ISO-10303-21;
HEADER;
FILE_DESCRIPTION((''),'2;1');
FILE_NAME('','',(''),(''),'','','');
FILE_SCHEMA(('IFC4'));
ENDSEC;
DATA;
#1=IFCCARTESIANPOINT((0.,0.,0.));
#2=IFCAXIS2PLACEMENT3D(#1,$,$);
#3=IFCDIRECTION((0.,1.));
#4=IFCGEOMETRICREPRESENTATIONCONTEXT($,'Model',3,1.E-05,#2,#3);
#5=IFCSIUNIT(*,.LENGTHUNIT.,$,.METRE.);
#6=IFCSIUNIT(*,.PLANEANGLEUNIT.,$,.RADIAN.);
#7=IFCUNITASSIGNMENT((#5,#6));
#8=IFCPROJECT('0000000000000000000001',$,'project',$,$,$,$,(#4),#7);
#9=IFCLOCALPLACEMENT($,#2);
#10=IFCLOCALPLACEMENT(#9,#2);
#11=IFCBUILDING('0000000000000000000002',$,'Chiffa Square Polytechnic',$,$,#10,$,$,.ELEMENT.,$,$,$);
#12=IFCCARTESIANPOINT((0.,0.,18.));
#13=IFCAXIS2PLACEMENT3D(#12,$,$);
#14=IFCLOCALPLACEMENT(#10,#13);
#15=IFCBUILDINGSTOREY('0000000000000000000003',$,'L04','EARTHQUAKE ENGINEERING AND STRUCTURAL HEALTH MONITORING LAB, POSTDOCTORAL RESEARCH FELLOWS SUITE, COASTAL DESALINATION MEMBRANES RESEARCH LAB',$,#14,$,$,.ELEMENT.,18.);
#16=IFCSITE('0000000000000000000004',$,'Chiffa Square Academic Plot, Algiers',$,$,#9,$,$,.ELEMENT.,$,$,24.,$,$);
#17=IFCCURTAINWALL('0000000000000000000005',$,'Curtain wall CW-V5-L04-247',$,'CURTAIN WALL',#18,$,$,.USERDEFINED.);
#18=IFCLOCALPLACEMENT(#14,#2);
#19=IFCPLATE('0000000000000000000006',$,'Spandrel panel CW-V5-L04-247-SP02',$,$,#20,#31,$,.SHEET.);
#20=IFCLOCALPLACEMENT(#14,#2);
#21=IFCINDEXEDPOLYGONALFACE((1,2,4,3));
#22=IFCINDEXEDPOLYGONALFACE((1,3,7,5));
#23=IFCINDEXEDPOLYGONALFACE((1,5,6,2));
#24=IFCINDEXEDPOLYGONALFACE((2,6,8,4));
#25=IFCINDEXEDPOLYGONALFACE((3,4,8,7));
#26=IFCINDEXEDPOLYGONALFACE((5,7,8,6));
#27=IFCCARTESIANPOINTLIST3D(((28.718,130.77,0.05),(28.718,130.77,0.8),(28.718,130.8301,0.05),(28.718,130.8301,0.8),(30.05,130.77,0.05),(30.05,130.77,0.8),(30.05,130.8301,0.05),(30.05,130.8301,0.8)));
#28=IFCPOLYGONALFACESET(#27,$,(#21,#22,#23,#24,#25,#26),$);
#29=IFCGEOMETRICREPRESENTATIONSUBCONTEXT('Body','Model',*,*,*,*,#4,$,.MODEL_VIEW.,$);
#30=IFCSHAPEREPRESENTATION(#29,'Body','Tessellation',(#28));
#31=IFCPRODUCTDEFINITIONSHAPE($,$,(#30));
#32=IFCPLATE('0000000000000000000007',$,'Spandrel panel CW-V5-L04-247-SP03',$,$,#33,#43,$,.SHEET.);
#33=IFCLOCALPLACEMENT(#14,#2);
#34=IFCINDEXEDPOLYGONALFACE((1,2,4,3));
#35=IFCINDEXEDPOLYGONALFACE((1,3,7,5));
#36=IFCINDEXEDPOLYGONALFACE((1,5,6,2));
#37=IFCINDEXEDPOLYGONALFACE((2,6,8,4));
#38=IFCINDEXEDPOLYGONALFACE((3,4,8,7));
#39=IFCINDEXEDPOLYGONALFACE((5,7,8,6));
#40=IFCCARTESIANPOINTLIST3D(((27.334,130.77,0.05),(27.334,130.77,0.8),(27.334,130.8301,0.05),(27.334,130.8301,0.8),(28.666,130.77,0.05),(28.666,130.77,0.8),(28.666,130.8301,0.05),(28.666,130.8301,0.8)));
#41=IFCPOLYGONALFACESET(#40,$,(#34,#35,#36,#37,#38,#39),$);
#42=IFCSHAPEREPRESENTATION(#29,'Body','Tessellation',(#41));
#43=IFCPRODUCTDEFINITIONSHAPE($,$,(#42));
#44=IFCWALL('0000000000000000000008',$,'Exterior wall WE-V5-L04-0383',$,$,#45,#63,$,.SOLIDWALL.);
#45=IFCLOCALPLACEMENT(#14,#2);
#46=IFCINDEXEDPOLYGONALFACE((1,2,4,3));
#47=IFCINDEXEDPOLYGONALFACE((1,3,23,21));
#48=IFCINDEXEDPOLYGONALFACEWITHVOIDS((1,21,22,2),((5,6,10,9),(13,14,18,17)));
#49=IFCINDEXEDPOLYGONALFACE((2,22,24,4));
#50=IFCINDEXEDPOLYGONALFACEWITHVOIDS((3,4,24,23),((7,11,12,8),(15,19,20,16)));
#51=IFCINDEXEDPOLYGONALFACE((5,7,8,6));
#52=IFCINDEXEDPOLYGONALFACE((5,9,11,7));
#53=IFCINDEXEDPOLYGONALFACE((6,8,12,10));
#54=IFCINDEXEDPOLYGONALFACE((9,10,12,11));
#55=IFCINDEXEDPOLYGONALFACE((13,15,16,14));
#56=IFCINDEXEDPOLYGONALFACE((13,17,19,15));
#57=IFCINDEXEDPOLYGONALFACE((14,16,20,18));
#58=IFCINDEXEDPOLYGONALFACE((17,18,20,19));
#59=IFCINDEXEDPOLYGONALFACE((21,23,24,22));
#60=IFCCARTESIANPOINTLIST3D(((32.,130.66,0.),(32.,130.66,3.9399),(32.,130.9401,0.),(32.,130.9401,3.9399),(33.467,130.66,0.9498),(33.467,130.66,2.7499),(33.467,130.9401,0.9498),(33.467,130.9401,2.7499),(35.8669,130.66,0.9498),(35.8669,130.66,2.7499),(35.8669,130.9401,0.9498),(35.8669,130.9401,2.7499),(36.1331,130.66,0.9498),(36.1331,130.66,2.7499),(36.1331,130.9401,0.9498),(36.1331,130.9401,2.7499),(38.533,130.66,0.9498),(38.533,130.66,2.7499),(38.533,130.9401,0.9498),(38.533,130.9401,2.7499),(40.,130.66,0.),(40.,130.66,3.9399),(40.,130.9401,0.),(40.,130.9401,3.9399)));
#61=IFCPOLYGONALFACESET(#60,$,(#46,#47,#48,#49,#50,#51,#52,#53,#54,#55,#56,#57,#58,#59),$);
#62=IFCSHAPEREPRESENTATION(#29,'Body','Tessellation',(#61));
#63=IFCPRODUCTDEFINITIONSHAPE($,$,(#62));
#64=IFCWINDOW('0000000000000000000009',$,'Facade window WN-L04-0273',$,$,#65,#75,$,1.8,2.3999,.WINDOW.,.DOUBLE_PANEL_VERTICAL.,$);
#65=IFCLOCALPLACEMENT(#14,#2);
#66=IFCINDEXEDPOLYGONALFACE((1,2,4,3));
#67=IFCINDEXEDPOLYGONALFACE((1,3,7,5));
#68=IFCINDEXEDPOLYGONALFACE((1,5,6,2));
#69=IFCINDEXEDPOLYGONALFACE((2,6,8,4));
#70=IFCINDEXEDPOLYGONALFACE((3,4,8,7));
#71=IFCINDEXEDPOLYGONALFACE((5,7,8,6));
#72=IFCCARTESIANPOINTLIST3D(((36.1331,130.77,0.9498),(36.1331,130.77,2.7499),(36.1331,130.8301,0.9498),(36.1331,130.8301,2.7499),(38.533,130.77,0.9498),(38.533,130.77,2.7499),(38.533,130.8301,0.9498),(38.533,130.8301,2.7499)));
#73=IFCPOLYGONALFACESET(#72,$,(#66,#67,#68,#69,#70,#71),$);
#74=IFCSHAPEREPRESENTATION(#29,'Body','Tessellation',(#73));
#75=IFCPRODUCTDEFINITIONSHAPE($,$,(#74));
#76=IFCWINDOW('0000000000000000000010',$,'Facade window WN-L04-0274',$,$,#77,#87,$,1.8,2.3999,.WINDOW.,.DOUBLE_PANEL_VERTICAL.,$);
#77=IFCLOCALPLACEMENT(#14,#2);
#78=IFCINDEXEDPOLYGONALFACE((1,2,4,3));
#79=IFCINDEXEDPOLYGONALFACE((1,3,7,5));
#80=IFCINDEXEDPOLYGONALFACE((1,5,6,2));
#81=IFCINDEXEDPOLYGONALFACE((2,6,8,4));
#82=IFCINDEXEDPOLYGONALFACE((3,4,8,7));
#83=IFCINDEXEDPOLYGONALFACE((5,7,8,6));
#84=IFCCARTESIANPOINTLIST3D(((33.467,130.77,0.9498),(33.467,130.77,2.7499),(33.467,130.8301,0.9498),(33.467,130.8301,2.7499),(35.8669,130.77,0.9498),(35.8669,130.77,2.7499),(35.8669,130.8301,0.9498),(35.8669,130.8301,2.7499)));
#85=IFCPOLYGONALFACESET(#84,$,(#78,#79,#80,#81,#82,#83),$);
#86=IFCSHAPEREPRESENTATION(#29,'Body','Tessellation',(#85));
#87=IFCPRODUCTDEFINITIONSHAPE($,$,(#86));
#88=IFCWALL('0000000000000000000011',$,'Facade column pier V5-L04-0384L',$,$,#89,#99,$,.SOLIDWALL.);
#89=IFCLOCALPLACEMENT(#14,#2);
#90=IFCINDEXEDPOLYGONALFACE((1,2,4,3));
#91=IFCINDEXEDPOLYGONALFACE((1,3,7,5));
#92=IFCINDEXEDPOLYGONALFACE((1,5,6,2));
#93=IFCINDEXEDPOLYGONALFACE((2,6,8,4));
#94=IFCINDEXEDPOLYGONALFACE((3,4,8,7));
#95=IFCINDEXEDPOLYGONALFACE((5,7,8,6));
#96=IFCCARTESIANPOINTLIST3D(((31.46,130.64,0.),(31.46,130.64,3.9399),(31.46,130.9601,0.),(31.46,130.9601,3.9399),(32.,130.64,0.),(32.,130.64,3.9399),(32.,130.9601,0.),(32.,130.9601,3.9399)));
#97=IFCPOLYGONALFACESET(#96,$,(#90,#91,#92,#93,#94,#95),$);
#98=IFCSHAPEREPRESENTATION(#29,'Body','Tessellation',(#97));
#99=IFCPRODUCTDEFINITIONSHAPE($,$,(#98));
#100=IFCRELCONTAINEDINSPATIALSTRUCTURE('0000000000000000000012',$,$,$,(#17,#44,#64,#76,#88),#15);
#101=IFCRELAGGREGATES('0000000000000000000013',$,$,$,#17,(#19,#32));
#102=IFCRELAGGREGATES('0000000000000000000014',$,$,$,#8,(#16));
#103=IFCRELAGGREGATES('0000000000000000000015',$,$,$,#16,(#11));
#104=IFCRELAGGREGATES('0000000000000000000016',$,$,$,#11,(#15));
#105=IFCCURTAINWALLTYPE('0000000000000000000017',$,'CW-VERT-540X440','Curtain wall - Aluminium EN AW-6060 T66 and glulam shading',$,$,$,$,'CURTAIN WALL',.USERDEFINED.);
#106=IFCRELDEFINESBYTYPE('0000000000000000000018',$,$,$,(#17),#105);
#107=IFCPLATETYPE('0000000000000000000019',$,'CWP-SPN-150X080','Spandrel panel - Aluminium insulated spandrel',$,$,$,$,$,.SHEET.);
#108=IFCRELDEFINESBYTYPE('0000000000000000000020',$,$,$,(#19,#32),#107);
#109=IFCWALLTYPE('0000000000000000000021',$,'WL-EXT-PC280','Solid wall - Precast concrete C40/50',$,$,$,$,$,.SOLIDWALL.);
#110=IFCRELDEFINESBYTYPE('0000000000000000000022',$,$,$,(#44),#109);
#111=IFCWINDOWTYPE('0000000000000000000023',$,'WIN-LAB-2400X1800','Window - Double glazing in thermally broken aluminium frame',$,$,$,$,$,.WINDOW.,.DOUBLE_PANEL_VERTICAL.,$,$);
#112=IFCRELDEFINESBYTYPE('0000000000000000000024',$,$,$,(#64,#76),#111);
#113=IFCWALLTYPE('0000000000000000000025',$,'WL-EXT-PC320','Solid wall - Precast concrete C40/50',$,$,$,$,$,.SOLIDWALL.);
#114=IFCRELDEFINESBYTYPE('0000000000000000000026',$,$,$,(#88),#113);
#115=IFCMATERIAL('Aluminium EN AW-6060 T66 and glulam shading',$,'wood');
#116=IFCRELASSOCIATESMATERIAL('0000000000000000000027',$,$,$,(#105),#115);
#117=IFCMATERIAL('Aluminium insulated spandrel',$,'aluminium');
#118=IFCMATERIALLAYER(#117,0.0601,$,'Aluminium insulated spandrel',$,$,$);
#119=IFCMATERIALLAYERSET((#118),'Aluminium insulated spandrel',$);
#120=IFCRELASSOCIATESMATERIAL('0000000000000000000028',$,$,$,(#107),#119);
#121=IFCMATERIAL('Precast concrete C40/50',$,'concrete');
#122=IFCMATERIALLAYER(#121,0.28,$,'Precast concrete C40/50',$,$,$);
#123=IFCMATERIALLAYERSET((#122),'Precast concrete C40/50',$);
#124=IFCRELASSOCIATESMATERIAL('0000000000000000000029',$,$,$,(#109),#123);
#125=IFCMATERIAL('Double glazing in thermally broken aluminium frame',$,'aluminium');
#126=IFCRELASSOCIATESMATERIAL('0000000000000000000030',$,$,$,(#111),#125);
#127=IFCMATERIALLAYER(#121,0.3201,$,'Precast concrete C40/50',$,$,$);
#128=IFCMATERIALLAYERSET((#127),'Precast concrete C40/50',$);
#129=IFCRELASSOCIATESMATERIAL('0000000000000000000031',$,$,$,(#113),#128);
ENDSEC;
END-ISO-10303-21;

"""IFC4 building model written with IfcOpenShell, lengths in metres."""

from ifc_helpers import new_model, si_unit, direction, frame, frame_2d, origin, origin_2d, place, context, subcontext, project, spatial, rectangle, extrude, material, layer, layer_set, type_object, element, fill, aggregate, save


model = new_model("IFC4")

# Units and contexts
model_context = context("Model", 3, precision=1e-05, world=origin(), true_north=direction((0.0, 1.0)))
body_context = subcontext(model_context, "Body", "Model", "MODEL_VIEW")
ifc_project = project(units=[si_unit("LENGTHUNIT", "METRE"), si_unit("PLANEANGLEUNIT", "RADIAN")], contexts=[model_context])

# Site, building, storey
site_placement = place(None, origin())
site = spatial("IfcSite", under=ifc_project, at=site_placement, Name="Chiffa Square Academic Plot, Algiers", CompositionType="ELEMENT", RefElevation=24.0)
building_placement = place(site_placement, origin())
building = spatial("IfcBuilding", under=site, at=building_placement, Name="Chiffa Square Polytechnic", CompositionType="ELEMENT")
storey_placement = place(building_placement, frame((0.0, 0.0, 18.0)))
storey = spatial("IfcBuildingStorey", under=building, at=storey_placement, Name="L04", Description="EARTHQUAKE ENGINEERING AND STRUCTURAL HEALTH MONITORING LAB, POSTDOCTORAL RESEARCH FELLOWS SUITE, COASTAL DESALINATION MEMBRANES RESEARCH LAB", CompositionType="ELEMENT", Elevation=18.0)

# Curtain wall
ifc_material_1 = material(Name="Aluminium EN AW-6060 T66 and glulam shading", Category="wood")
curtain_wall_type = type_object("IfcCurtainWallType", Name="CW-VERT-540X440", Description="Curtain wall - Aluminium EN AW-6060 T66 and glulam shading", ElementType="CURTAIN WALL", PredefinedType="USERDEFINED", material=ifc_material_1)
curtain_wall_placement = place(storey_placement, origin())
curtain_wall = element("IfcCurtainWall", 1, at=curtain_wall_placement, inside=storey, type_object=curtain_wall_type, Name="Curtain wall CW-V5-L04-247", ObjectType="CURTAIN WALL", PredefinedType="USERDEFINED")

# Plates
ifc_material_2 = material(Name="Aluminium insulated spandrel", Category="aluminium")
ifc_layer_1 = layer(ifc_material_2, 0.0601, Name="Aluminium insulated spandrel")
ifc_layer_set_1 = layer_set([ifc_layer_1], Name="Aluminium insulated spandrel")
plate_type_1 = type_object("IfcPlateType", Name="CWP-SPN-150X080", Description="Spandrel panel - Aluminium insulated spandrel", PredefinedType="SHEET", material=ifc_layer_set_1)
plate_1_placement = place(storey_placement, frame((29.384, 130.8, 0.05), z_axis=(0.0, 0.0, 1.0), x_axis=(-1.0, 0.0, 0.0)))
plate_1 = element("IfcPlate", 2, at=plate_1_placement, type_object=plate_type_1, Name="Spandrel panel CW-V5-L04-247-SP02", PredefinedType="SHEET", context=body_context, shape_type="SweptSolid", body=[
    extrude(rectangle(XDim=1.332, YDim=0.0601, at=origin_2d()), origin(), (0.0, 0.0, 1.0), 0.75),
])
plate_2_placement = place(storey_placement, frame((28.0, 130.8, 0.05), z_axis=(0.0, 0.0, 1.0), x_axis=(-1.0, 0.0, 0.0)))
plate_2 = element("IfcPlate", 3, at=plate_2_placement, type_object=plate_type_1, Name="Spandrel panel CW-V5-L04-247-SP03", PredefinedType="SHEET", context=body_context, shape_type="SweptSolid", body=[
    extrude(rectangle(XDim=1.332, YDim=0.0601, at=origin_2d()), origin(), (0.0, 0.0, 1.0), 0.75),
])
aggregate(curtain_wall, [plate_1, plate_2])

# Wall, openings, windows
ifc_material_3 = material(Name="Precast concrete C40/50", Category="concrete")
ifc_layer_2 = layer(ifc_material_3, 0.28, Name="Precast concrete C40/50")
ifc_layer_set_2 = layer_set([ifc_layer_2], Name="Precast concrete C40/50")
wall_type_1 = type_object("IfcWallType", Name="WL-EXT-PC280", Description="Solid wall - Precast concrete C40/50", PredefinedType="SOLIDWALL", material=ifc_layer_set_2)
wall_1_placement = place(storey_placement, frame((40.0, 130.8, 0.0), z_axis=(0.0, 0.0, 1.0), x_axis=(-1.0, 0.0, 0.0)))
wall_1 = element("IfcWall", 4, at=wall_1_placement, inside=storey, type_object=wall_type_1, Name="Exterior wall WE-V5-L04-0383", PredefinedType="SOLIDWALL", context=body_context, shape_type="SweptSolid", body=[
    extrude(rectangle(XDim=8.0, YDim=0.28, at=frame_2d((4.0, 0.0))), origin(), (0.0, 0.0, 1.0), 3.9399),
])
opening_1_placement = place(wall_1_placement, frame((1.467, 0.0, 0.95)))
opening_1 = element("IfcOpeningElement", 5, at=opening_1_placement, cuts=wall_1, PredefinedType="OPENING", context=body_context, shape_type="SweptSolid", body=[
    extrude(rectangle(XDim=2.3999, YDim=1.8, at=frame_2d((1.2, 0.8999))), frame((0.0, 0.1499, 0.0), z_axis=(0.0, -1.0, 0.0), x_axis=(1.0, 0.0, 0.0)), (0.0, 0.0, 1.0), 0.3),
])
opening_2_placement = place(wall_1_placement, frame((4.1331, 0.0, 0.95)))
opening_2 = element("IfcOpeningElement", 6, at=opening_2_placement, cuts=wall_1, PredefinedType="OPENING", context=body_context, shape_type="SweptSolid", body=[
    extrude(rectangle(XDim=2.3999, YDim=1.8, at=frame_2d((1.2, 0.8999))), frame((0.0, 0.1499, 0.0), z_axis=(0.0, -1.0, 0.0), x_axis=(1.0, 0.0, 0.0)), (0.0, 0.0, 1.0), 0.3),
])
ifc_material_4 = material(Name="Double glazing in thermally broken aluminium frame", Category="aluminium")
window_type = type_object("IfcWindowType", Name="WIN-LAB-2400X1800", Description="Window - Double glazing in thermally broken aluminium frame", PartitioningType="DOUBLE_PANEL_VERTICAL", PredefinedType="WINDOW", material=ifc_material_4)
window_1_placement = place(opening_1_placement, origin())
window_1 = element("IfcWindow", 7, at=window_1_placement, inside=storey, type_object=window_type, Name="Facade window WN-L04-0273", OverallHeight=1.8, OverallWidth=2.3999, PartitioningType="DOUBLE_PANEL_VERTICAL", PredefinedType="WINDOW", context=body_context, shape_type="SweptSolid", body=[
    extrude(rectangle(XDim=2.3999, YDim=1.8, at=frame_2d((1.2, 0.8999))), frame((0.0, 0.03, 0.0), z_axis=(0.0, -1.0, 0.0), x_axis=(1.0, 0.0, 0.0)), (0.0, 0.0, 1.0), 0.0601),
])
fill(opening_1, window_1)
window_2_placement = place(opening_2_placement, origin())
window_2 = element("IfcWindow", 8, at=window_2_placement, inside=storey, type_object=window_type, Name="Facade window WN-L04-0274", OverallHeight=1.8, OverallWidth=2.3999, PartitioningType="DOUBLE_PANEL_VERTICAL", PredefinedType="WINDOW", context=body_context, shape_type="SweptSolid", body=[
    extrude(rectangle(XDim=2.3999, YDim=1.8, at=frame_2d((1.2, 0.8999))), frame((0.0, 0.03, 0.0), z_axis=(0.0, -1.0, 0.0), x_axis=(1.0, 0.0, 0.0)), (0.0, 0.0, 1.0), 0.0601),
])
fill(opening_2, window_2)

# Wall
ifc_layer_3 = layer(ifc_material_3, 0.3201, Name="Precast concrete C40/50")
ifc_layer_set_3 = layer_set([ifc_layer_3], Name="Precast concrete C40/50")
wall_type_2 = type_object("IfcWallType", Name="WL-EXT-PC320", Description="Solid wall - Precast concrete C40/50", PredefinedType="SOLIDWALL", material=ifc_layer_set_3)
wall_2_placement = place(storey_placement, frame((32.0, 130.8, 0.0), z_axis=(0.0, 0.0, 1.0), x_axis=(-1.0, 0.0, 0.0)))
element("IfcWall", 9, at=wall_2_placement, inside=storey, type_object=wall_type_2, Name="Facade column pier V5-L04-0384L", PredefinedType="SOLIDWALL", context=body_context, shape_type="SweptSolid", body=[
    extrude(rectangle(XDim=0.54, YDim=0.3201, at=frame_2d((0.27, 0.0))), origin(), (0.0, 0.0, 1.0), 3.9399),
])

save(model, "model.ifc")
